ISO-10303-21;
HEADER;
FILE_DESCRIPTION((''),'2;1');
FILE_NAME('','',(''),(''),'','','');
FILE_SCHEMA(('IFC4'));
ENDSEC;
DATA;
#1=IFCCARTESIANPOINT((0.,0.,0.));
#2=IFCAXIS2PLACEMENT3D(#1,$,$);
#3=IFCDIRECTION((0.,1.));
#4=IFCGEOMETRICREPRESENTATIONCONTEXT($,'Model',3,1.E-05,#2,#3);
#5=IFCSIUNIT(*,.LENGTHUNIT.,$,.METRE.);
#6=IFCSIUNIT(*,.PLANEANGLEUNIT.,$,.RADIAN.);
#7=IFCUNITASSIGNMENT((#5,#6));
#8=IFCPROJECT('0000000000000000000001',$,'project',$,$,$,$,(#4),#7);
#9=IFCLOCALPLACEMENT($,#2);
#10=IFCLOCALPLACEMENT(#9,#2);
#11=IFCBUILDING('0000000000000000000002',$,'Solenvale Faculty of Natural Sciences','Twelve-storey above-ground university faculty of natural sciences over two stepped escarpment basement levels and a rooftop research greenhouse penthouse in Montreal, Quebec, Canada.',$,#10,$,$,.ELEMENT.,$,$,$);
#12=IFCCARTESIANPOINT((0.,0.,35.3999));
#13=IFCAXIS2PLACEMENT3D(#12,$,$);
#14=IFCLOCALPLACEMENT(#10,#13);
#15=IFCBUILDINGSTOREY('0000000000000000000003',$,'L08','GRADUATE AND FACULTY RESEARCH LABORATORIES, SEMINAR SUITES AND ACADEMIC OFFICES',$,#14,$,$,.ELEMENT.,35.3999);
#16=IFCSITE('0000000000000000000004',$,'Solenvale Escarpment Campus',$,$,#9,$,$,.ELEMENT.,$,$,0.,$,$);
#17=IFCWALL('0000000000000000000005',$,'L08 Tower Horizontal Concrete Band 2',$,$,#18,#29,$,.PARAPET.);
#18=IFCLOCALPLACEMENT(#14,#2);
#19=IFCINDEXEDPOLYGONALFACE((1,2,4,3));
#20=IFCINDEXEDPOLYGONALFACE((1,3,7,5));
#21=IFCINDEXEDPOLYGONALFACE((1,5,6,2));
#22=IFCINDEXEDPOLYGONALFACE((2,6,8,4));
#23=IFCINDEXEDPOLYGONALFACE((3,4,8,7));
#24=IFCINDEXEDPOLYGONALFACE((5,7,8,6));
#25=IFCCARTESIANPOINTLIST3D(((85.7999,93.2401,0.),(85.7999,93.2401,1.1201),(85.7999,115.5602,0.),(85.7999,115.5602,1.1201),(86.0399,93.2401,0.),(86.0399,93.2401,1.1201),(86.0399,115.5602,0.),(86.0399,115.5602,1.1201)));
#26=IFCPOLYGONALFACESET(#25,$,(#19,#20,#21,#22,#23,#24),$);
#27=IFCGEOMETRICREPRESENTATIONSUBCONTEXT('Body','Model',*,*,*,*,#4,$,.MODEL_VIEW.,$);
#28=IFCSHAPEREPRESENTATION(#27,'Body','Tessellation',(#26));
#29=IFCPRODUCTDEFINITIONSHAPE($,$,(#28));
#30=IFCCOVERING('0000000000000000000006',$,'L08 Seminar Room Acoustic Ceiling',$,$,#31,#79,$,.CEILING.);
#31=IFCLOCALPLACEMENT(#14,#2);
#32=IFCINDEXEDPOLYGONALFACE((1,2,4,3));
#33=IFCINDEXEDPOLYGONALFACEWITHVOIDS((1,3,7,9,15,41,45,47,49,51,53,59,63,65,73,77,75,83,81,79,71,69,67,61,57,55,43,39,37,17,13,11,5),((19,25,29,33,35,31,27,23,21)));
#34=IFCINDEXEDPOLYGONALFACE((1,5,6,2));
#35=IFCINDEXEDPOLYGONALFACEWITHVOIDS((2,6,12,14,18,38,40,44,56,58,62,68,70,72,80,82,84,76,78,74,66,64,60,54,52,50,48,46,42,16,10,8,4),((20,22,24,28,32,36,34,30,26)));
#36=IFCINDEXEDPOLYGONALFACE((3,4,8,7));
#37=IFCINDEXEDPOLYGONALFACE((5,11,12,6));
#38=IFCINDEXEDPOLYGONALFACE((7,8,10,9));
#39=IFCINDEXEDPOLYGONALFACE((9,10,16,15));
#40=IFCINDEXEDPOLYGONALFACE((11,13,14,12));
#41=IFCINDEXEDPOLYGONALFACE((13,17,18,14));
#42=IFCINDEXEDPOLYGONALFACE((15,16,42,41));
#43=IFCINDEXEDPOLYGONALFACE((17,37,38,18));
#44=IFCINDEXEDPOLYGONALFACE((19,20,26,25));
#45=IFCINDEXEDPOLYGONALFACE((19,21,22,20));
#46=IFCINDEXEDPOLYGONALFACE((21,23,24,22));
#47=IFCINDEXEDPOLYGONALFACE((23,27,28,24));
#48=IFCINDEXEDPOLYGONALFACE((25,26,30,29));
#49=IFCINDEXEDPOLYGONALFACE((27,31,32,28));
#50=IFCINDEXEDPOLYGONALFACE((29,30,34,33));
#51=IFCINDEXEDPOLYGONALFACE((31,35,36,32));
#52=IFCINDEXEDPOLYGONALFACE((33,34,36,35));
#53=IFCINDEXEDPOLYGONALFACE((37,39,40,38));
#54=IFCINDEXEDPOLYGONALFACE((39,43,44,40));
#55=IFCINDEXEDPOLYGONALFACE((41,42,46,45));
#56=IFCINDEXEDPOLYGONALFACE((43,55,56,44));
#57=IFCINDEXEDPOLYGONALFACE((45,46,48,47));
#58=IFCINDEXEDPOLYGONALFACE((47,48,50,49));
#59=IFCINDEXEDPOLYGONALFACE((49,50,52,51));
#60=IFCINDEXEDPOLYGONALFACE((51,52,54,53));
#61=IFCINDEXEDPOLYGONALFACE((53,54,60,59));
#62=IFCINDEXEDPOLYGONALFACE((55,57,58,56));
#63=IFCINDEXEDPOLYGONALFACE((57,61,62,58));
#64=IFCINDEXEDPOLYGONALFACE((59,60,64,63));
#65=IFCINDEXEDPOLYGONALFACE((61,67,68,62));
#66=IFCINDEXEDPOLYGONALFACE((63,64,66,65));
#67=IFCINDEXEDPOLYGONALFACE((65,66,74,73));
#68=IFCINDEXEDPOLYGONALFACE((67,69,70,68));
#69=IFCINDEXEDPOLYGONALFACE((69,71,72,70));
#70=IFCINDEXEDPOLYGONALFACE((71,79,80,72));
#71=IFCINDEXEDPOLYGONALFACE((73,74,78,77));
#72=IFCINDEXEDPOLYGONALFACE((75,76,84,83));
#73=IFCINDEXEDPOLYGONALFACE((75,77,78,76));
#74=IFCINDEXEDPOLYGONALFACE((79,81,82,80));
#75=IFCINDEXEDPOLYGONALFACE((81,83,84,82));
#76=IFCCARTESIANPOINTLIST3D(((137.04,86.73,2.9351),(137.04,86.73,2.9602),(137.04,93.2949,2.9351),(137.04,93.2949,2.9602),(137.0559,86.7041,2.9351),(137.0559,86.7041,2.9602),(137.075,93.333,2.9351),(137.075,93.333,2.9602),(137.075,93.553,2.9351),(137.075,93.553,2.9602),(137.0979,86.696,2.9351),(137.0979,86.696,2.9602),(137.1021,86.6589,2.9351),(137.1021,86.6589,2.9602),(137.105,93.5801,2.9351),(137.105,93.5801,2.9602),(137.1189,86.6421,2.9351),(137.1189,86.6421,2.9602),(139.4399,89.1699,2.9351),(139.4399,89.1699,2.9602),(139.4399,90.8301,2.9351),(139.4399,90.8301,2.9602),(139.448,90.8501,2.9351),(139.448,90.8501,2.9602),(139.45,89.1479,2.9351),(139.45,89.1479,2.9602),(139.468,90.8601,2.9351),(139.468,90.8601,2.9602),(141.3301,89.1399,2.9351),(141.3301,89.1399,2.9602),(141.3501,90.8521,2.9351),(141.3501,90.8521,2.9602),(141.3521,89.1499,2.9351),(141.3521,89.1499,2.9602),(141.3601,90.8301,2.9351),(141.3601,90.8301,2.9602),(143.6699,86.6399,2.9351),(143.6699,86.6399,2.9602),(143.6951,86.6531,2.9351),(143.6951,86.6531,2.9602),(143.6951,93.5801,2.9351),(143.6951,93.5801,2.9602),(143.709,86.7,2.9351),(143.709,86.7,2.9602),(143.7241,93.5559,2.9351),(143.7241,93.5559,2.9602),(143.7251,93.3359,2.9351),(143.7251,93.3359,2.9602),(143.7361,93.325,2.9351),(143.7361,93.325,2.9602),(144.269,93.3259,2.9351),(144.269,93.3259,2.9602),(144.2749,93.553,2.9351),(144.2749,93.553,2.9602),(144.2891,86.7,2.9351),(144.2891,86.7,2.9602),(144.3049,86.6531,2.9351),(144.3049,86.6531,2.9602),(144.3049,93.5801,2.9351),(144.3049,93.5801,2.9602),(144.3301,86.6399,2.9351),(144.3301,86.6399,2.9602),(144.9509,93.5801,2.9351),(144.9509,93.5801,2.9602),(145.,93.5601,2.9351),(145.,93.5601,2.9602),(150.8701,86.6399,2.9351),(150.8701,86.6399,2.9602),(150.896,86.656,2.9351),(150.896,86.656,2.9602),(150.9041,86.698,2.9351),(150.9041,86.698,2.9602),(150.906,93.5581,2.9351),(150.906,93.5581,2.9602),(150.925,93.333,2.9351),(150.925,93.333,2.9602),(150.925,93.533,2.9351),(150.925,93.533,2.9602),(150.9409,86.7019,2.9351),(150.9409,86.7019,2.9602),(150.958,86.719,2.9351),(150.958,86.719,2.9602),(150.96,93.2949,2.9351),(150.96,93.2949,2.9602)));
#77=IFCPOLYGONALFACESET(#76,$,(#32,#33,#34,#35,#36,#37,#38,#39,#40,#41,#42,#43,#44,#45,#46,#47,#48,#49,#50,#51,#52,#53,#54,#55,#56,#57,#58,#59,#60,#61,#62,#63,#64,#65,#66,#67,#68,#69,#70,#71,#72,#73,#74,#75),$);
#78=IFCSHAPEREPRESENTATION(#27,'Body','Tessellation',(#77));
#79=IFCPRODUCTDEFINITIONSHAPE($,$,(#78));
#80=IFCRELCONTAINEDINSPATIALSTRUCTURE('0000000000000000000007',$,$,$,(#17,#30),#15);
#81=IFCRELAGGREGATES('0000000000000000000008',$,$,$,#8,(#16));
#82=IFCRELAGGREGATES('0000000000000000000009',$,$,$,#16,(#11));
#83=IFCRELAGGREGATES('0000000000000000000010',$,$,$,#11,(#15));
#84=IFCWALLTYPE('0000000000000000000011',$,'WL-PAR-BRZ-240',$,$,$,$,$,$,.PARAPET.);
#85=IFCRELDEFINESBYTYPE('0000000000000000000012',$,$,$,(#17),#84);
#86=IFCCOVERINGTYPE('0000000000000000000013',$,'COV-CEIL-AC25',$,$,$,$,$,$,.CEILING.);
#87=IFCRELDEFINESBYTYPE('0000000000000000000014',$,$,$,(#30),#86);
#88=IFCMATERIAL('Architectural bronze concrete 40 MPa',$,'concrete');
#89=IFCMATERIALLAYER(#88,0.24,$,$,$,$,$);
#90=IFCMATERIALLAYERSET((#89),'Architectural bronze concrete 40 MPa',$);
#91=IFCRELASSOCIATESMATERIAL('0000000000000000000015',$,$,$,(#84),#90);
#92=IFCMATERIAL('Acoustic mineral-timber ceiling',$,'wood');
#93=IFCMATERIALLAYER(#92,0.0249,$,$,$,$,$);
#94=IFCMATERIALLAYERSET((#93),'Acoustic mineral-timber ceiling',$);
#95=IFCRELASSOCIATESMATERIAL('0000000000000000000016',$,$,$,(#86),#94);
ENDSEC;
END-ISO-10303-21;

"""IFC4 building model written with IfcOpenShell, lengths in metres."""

from ifc_helpers import new_model, si_unit, direction, frame, frame_2d, origin, place, context, subcontext, project, spatial, polyline, rectangle, outline, extrude, material, layer, layer_set, type_object, element, save


model = new_model("IFC4")

# Units and contexts
model_context = context("Model", 3, precision=1e-05, world=origin(), true_north=direction((0.0, 1.0)))
body_context = subcontext(model_context, "Body", "Model", "MODEL_VIEW")
ifc_project = project(units=[si_unit("LENGTHUNIT", "METRE"), si_unit("PLANEANGLEUNIT", "RADIAN")], contexts=[model_context])

# Site, building, storey
site_placement = place(None, origin())
site = spatial("IfcSite", under=ifc_project, at=site_placement, Name="Solenvale Escarpment Campus", CompositionType="ELEMENT", RefElevation=0.0)
building_placement = place(site_placement, origin())
building = spatial("IfcBuilding", under=site, at=building_placement, Name="Solenvale Faculty of Natural Sciences", Description="Twelve-storey above-ground university faculty of natural sciences over two stepped escarpment basement levels and a rooftop research greenhouse penthouse in Montreal, Quebec, Canada.", CompositionType="ELEMENT")
storey_placement = place(building_placement, frame((0.0, 0.0, 35.3999)))
storey = spatial("IfcBuildingStorey", under=building, at=storey_placement, Name="L08", Description="GRADUATE AND FACULTY RESEARCH LABORATORIES, SEMINAR SUITES AND ACADEMIC OFFICES", CompositionType="ELEMENT", Elevation=35.3999)

# Wall
ifc_material_1 = material(Name="Architectural bronze concrete 40 MPa", Category="concrete")
ifc_layer_1 = layer(ifc_material_1, 0.24)
ifc_layer_set_1 = layer_set([ifc_layer_1], Name="Architectural bronze concrete 40 MPa")
wall_type_1 = type_object("IfcWallType", Name="WL-PAR-BRZ-240", PredefinedType="PARAPET", material=ifc_layer_set_1)
wall_1_placement = place(storey_placement, frame((85.9199, 93.24, 0.0), z_axis=(0.0, 0.0, 1.0), x_axis=(0.0, 1.0, 0.0)))
element("IfcWall", 1, at=wall_1_placement, inside=storey, type_object=wall_type_1, Name="L08 Tower Horizontal Concrete Band 2", PredefinedType="PARAPET", context=body_context, shape_type="SweptSolid", body=[
    extrude(rectangle(XDim=22.3201, YDim=0.24, at=frame_2d((11.1602, 0.0))), origin(), (0.0, 0.0, 1.0), 1.1201),
])

# Covering
ifc_material_2 = material(Name="Acoustic mineral-timber ceiling", Category="wood")
ifc_layer_2 = layer(ifc_material_2, 0.0249)
ifc_layer_set_2 = layer_set([ifc_layer_2], Name="Acoustic mineral-timber ceiling")
covering_type = type_object("IfcCoveringType", Name="COV-CEIL-AC25", PredefinedType="CEILING", material=ifc_layer_set_2)
covering_placement = place(storey_placement, frame((0.0, 0.0, 2.9351)))
element("IfcCovering", 2, at=covering_placement, inside=storey, type_object=covering_type, Name="L08 Seminar Room Acoustic Ceiling", PredefinedType="CEILING", context=body_context, shape_type="SweptSolid", body=[
    extrude(outline(polyline([(137.04, 93.2949), (137.075, 93.333), (137.075, 93.553), (137.105, 93.5801), (143.6951, 93.5801), (143.7241, 93.5559), (143.7251, 93.3359), (143.7361, 93.325), (144.269, 93.3259), (144.2749, 93.553), (144.3049, 93.5801), (144.9509, 93.5801), (145.0, 93.5601), (150.906, 93.5581), (150.925, 93.533), (150.925, 93.333), (150.96, 93.2949), (150.958, 86.719), (150.9409, 86.7019), (150.9041, 86.698), (150.896, 86.656), (150.8701, 86.6399), (144.3301, 86.6399), (144.3049, 86.6531), (144.2891, 86.7), (143.709, 86.7), (143.6951, 86.6531), (143.6699, 86.6399), (137.1189, 86.6421), (137.1021, 86.6589), (137.0979, 86.696), (137.0559, 86.7041), (137.04, 86.73), (137.04, 93.2949)]), holes=[polyline([(139.468, 90.8601), (139.448, 90.8501), (139.4399, 90.8301), (139.4399, 89.1699), (139.45, 89.1479), (141.3301, 89.1399), (141.3521, 89.1499), (141.3601, 90.8301), (141.3501, 90.8521), (139.468, 90.8601)])]), origin(), (0.0, 0.0, 1.0), 0.0251),
])

save(model, "model.ifc")
